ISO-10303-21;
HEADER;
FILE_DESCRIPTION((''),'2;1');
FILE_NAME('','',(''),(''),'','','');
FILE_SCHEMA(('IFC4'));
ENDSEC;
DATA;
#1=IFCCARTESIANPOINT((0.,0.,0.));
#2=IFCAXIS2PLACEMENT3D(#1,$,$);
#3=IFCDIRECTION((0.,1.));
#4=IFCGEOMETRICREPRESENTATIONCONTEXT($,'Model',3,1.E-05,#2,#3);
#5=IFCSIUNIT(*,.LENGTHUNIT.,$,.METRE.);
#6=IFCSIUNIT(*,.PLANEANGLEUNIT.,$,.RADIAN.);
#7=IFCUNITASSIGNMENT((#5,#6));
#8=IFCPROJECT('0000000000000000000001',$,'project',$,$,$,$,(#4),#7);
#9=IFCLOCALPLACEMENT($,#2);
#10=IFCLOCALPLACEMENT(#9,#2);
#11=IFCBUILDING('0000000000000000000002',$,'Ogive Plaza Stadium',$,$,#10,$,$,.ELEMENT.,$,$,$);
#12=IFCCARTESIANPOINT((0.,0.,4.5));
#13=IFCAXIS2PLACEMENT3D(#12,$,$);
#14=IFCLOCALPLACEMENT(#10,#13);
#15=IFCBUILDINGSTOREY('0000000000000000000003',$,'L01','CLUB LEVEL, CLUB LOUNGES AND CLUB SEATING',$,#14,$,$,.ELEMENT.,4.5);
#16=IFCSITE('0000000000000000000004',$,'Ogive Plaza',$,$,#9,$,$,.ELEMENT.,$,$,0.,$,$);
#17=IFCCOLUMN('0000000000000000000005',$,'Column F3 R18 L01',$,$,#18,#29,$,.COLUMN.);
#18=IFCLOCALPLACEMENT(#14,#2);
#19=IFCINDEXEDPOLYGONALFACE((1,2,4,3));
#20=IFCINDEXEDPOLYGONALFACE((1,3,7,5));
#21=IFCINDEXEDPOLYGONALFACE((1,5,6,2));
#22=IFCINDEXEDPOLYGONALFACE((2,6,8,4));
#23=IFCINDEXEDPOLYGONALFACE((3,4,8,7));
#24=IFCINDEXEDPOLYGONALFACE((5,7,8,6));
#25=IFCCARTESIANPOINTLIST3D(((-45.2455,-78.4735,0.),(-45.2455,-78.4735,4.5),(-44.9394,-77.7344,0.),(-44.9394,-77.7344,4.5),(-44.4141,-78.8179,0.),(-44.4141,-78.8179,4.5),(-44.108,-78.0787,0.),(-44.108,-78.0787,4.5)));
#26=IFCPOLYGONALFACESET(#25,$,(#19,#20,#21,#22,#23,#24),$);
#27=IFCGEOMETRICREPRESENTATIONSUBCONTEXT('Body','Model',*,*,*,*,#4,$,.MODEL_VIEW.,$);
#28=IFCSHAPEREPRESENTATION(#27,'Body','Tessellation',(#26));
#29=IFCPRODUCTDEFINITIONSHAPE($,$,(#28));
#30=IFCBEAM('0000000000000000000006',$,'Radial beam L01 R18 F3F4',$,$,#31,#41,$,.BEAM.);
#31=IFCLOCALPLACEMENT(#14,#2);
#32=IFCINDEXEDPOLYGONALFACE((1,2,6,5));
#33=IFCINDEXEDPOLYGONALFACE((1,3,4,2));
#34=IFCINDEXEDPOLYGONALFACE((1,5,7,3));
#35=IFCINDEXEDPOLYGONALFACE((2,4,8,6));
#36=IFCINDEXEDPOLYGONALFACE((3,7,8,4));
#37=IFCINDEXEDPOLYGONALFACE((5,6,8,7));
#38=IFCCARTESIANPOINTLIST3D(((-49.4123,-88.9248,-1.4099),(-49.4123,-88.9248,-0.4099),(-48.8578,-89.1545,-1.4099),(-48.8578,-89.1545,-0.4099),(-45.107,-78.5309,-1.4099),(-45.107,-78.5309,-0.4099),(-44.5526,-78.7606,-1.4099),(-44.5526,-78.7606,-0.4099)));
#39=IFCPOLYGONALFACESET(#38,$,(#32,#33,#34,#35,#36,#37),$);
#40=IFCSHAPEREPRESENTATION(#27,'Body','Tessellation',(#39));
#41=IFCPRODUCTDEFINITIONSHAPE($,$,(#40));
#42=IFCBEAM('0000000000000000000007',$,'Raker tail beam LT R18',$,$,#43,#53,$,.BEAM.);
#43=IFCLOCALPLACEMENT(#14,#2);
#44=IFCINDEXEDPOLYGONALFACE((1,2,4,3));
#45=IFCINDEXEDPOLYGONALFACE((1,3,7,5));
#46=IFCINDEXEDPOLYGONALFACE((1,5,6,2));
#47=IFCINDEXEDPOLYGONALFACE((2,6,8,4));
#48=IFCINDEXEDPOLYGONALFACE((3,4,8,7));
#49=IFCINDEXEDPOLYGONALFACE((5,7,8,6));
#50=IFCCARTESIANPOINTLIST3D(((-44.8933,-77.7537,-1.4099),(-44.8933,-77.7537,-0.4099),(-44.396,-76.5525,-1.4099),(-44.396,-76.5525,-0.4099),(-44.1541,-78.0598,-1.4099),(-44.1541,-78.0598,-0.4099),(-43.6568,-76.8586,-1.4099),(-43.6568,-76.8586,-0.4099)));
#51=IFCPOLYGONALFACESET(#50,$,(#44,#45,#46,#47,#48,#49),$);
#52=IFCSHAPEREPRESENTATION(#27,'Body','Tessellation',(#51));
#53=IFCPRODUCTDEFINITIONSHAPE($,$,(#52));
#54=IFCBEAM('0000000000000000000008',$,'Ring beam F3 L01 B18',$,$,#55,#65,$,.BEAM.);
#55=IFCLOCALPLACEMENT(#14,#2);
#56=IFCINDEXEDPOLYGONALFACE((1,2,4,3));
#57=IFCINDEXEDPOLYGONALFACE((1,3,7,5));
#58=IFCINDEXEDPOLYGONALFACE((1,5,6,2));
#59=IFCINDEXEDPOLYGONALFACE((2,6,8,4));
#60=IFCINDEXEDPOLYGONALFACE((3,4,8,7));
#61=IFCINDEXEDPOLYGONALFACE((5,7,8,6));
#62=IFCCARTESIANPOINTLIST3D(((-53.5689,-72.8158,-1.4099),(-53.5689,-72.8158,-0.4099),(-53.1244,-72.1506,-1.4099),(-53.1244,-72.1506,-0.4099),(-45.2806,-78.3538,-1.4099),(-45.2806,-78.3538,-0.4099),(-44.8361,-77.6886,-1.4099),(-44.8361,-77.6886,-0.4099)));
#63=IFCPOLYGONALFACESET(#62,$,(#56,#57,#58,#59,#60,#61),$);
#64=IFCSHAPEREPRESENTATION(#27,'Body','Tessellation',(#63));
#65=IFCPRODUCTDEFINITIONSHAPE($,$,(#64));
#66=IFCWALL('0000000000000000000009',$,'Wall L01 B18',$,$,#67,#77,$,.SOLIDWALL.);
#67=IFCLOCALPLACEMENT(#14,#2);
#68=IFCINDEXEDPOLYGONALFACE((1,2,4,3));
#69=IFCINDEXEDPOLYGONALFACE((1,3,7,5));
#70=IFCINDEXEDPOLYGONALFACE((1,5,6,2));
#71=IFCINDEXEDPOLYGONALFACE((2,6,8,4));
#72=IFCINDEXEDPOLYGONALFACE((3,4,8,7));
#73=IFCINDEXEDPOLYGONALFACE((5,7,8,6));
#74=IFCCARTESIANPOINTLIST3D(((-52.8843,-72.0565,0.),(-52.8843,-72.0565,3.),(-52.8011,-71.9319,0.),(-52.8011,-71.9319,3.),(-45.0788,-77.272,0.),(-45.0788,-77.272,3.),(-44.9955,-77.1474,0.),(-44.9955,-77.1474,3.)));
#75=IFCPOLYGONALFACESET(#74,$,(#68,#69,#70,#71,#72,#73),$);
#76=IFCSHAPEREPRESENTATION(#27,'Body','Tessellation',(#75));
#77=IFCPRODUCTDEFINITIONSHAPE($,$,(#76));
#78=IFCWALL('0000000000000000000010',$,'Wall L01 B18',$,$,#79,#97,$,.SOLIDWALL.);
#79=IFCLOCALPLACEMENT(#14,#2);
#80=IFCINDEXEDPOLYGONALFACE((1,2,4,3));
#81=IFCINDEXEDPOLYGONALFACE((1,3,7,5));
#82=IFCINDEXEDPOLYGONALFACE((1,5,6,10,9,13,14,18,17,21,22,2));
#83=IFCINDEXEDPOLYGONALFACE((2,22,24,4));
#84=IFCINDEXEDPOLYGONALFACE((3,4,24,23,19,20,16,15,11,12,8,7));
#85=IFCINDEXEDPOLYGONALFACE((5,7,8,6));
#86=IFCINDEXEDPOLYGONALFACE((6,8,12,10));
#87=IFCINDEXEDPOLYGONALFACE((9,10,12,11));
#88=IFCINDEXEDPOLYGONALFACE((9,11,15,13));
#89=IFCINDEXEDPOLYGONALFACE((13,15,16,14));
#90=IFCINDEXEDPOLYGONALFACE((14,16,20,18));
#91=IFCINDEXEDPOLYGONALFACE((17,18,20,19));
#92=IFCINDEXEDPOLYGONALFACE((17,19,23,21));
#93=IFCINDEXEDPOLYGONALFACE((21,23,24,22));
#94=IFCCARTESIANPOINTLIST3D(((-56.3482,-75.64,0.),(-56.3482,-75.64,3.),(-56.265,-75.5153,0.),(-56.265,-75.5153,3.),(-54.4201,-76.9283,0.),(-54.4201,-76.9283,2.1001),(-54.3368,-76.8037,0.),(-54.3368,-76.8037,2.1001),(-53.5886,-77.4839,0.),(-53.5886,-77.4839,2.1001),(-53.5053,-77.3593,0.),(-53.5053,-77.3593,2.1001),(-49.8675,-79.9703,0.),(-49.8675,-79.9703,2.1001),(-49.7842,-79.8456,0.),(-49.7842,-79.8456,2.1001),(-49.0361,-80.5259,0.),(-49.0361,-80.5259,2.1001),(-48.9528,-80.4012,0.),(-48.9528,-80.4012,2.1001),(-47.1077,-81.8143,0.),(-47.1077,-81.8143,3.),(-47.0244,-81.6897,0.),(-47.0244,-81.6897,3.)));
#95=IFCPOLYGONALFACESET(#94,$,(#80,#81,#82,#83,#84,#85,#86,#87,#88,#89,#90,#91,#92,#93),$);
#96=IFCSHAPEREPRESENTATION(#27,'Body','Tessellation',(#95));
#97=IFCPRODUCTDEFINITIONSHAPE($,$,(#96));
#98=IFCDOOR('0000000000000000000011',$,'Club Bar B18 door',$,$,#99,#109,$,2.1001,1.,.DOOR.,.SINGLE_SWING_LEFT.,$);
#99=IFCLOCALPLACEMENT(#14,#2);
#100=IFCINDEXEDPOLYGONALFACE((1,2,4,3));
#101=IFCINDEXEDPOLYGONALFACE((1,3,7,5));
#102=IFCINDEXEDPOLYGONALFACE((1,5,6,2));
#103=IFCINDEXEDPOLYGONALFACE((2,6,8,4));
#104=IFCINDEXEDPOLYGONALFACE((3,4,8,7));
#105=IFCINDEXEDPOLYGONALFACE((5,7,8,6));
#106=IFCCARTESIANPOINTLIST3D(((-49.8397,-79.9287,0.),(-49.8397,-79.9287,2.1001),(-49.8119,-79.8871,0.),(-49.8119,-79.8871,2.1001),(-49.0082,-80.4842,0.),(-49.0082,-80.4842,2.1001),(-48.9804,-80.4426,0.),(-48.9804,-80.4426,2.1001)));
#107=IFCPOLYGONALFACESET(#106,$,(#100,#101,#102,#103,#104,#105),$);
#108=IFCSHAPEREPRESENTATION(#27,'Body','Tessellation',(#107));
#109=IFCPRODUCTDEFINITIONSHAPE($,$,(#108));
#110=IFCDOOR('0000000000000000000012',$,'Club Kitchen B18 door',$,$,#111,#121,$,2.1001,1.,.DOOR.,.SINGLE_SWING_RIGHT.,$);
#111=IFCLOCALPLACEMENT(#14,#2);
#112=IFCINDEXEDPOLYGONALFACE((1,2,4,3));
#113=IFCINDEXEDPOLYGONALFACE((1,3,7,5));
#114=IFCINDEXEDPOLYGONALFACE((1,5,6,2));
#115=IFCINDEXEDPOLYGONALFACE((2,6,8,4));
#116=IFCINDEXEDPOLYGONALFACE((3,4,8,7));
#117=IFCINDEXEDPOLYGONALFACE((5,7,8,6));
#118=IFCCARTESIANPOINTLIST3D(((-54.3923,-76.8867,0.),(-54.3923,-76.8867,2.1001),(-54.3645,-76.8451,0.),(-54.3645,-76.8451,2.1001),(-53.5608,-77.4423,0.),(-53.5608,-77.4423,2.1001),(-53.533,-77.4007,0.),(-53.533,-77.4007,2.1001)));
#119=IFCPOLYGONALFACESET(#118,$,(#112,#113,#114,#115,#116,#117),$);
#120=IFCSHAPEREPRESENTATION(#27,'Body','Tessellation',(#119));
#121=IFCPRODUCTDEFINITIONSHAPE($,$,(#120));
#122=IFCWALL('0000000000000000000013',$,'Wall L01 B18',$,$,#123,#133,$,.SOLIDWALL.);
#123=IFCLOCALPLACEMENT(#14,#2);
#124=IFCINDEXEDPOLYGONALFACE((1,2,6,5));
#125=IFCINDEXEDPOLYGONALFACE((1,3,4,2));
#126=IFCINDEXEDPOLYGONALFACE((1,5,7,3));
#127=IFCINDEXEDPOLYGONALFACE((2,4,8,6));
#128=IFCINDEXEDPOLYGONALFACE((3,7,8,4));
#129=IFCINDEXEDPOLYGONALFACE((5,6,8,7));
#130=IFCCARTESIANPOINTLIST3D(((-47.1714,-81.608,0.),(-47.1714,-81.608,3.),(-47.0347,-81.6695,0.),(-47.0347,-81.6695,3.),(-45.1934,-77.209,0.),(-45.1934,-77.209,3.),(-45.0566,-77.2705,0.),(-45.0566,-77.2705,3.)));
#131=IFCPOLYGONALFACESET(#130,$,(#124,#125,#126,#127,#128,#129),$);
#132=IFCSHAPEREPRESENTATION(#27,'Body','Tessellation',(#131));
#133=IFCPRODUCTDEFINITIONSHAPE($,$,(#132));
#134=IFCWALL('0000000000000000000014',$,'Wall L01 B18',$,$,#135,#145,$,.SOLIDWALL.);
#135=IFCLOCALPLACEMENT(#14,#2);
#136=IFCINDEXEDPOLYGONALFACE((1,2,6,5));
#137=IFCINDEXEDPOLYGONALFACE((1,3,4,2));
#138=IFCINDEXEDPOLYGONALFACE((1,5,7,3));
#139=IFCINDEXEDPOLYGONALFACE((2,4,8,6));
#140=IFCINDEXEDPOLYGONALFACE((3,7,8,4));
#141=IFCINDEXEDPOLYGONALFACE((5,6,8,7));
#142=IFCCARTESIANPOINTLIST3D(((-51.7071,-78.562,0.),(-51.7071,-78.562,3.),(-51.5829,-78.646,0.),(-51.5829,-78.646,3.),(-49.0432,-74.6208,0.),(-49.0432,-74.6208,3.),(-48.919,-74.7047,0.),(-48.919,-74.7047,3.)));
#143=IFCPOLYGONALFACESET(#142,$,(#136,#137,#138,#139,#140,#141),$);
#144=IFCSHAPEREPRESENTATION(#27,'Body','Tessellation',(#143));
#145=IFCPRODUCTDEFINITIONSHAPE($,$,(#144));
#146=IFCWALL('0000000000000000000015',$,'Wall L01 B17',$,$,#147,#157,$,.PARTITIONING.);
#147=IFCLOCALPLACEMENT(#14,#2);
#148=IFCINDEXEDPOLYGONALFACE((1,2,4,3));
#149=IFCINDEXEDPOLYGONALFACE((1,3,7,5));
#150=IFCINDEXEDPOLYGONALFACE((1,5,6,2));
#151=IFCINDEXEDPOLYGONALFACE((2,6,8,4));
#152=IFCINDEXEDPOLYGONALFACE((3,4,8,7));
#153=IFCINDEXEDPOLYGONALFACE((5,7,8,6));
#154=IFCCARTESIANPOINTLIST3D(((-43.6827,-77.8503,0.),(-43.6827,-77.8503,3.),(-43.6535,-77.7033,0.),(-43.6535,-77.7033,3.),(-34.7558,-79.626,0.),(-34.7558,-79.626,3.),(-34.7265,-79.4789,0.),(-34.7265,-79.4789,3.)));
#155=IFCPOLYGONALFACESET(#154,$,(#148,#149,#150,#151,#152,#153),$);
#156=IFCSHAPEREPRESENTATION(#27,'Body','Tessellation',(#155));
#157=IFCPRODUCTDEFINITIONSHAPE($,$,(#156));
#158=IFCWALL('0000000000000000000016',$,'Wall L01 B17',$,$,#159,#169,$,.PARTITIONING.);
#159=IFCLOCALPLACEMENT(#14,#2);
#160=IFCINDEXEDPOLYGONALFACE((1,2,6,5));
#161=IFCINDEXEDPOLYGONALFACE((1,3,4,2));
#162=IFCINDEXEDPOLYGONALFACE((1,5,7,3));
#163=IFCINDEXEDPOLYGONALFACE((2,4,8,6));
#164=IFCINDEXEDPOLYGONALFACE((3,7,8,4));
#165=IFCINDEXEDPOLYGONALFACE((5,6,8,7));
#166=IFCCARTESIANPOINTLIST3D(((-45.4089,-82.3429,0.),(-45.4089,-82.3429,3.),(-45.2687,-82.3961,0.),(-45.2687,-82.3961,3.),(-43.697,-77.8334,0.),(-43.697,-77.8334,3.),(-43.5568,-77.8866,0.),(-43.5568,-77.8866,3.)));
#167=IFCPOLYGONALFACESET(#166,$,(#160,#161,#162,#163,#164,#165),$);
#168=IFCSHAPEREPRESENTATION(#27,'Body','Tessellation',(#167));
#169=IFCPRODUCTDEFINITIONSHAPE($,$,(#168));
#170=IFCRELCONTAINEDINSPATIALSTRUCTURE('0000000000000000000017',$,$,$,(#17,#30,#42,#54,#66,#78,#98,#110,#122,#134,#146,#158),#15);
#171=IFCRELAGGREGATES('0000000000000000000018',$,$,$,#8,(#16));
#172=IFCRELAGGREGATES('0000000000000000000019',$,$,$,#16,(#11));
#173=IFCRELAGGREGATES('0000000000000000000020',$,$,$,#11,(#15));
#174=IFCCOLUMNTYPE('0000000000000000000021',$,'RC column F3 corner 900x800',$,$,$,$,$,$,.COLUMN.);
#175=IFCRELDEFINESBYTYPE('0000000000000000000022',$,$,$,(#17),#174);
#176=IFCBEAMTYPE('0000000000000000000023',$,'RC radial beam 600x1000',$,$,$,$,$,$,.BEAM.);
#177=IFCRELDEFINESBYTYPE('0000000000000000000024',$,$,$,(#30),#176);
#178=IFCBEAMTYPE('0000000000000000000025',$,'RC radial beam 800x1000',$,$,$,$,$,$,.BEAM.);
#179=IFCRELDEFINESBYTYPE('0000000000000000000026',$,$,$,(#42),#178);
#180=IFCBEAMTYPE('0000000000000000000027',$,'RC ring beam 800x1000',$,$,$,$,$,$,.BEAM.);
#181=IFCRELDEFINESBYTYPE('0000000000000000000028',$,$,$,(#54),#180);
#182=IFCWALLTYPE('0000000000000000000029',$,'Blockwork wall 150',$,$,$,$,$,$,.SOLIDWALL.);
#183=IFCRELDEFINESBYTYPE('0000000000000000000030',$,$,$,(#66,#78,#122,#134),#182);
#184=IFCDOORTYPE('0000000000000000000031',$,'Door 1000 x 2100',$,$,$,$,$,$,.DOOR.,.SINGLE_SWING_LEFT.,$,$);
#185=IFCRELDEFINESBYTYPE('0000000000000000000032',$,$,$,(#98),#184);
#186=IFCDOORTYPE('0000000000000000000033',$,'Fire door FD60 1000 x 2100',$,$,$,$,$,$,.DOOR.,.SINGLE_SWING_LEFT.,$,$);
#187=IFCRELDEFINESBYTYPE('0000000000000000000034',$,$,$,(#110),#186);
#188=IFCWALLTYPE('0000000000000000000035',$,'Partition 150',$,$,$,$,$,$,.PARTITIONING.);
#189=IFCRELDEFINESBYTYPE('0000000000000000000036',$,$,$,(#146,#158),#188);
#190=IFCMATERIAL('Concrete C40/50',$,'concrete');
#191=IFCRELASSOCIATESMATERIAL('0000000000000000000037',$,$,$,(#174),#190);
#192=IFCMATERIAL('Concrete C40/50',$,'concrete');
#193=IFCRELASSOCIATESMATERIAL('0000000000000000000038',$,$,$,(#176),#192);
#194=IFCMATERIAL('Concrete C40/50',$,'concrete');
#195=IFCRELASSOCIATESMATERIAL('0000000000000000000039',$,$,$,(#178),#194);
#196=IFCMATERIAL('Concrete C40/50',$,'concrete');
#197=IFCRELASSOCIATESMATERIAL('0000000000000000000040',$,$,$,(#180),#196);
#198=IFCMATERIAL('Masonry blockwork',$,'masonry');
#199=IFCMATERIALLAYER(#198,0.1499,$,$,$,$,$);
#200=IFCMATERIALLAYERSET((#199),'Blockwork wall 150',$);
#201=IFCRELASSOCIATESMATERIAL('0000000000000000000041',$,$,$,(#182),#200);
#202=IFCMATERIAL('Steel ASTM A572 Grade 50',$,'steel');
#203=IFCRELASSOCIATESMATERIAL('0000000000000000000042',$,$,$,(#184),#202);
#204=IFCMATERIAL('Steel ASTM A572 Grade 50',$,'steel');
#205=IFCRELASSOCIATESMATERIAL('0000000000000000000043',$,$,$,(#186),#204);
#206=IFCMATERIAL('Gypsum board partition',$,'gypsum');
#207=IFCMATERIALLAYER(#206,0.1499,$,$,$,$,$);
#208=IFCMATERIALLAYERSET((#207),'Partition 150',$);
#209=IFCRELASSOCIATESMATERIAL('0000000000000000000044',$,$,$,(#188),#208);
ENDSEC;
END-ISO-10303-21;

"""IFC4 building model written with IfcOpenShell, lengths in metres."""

from ifc_helpers import new_model, si_unit, direction, frame, frame_2d, origin, origin_2d, place, context, subcontext, project, spatial, rectangle, extrude, material, layer, layer_set, material_profile, profile_set, type_object, element, fill, save


model = new_model("IFC4")

# Units and contexts
model_context = context("Model", 3, precision=1e-05, world=origin(), true_north=direction((0.0, 1.0)))
body_context = subcontext(model_context, "Body", "Model", "MODEL_VIEW")
ifc_project = project(units=[si_unit("LENGTHUNIT", "METRE"), si_unit("PLANEANGLEUNIT", "RADIAN")], contexts=[model_context])

# Site, building, storey
site_placement = place(None, origin())
site = spatial("IfcSite", under=ifc_project, at=site_placement, Name="Ogive Plaza", CompositionType="ELEMENT", RefElevation=0.0)
building_placement = place(site_placement, origin())
building = spatial("IfcBuilding", under=site, at=building_placement, Name="Ogive Plaza Stadium", CompositionType="ELEMENT")
storey_placement = place(building_placement, frame((0.0, 0.0, 4.5)))
storey = spatial("IfcBuildingStorey", under=building, at=storey_placement, Name="L01", Description="CLUB LEVEL, CLUB LOUNGES AND CLUB SEATING", CompositionType="ELEMENT", Elevation=4.5)

# Column
ifc_material_1 = material(Name="Concrete C40/50", Category="concrete")
ifc_material_profile_1 = material_profile(ifc_material_1, rectangle(XDim=0.8999, YDim=0.8, at=origin_2d()), Name="RC 900x800")
ifc_profile_set_1 = profile_set([ifc_material_profile_1], Name="Concrete C40/50")
column_type = type_object("IfcColumnType", Name="RC column F3 corner 900x800", PredefinedType="COLUMN", material=ifc_profile_set_1)
column_placement = place(storey_placement, frame((-44.6768, -78.2761, 0.0), z_axis=(0.0, 0.0, 1.0), x_axis=(0.92388, -0.382683, 0.0)))
element("IfcColumn", 1, at=column_placement, inside=storey, type_object=column_type, Name="Column F3 R18 L01", PredefinedType="COLUMN", context=body_context, shape_type="SweptSolid", body=[
    extrude(rectangle(XDim=0.8999, YDim=0.8, at=origin_2d()), origin(), (0.0, 0.0, 1.0), 4.5),
])

# Beams
ifc_material_2 = material(Name="Concrete C40/50", Category="concrete")
ifc_material_profile_2 = material_profile(ifc_material_2, rectangle(XDim=0.6001, YDim=1.0, at=origin_2d()), Name="RC 600x1000")
ifc_profile_set_2 = profile_set([ifc_material_profile_2], Name="Concrete C40/50")
beam_type_1 = type_object("IfcBeamType", Name="RC radial beam 600x1000", PredefinedType="BEAM", material=ifc_profile_set_2)
beam_1_placement = place(storey_placement, frame((-44.8298, -78.6458, -0.9099), z_axis=(-0.382678, -0.923882, 0.0), x_axis=(0.923882, -0.382678, 0.0)))
element("IfcBeam", 2, at=beam_1_placement, inside=storey, type_object=beam_type_1, Name="Radial beam L01 R18 F3F4", PredefinedType="BEAM", context=body_context, shape_type="SweptSolid", body=[
    extrude(rectangle(XDim=0.6001, YDim=1.0, at=origin_2d()), origin(), (0.0, 0.0, 1.0), 11.2502),
])
ifc_material_3 = material(Name="Concrete C40/50", Category="concrete")
ifc_material_profile_3 = material_profile(ifc_material_3, rectangle(XDim=0.8, YDim=1.0, at=origin_2d()), Name="RC 800x1000")
ifc_profile_set_3 = profile_set([ifc_material_profile_3], Name="Concrete C40/50")
beam_type_2 = type_object("IfcBeamType", Name="RC radial beam 800x1000", PredefinedType="BEAM", material=ifc_profile_set_3)
beam_2_placement = place(storey_placement, frame((-44.0264, -76.7056, -0.9099), z_axis=(-0.382534, -0.923941, 0.0), x_axis=(0.923941, -0.382534, 0.0)))
element("IfcBeam", 3, at=beam_2_placement, inside=storey, type_object=beam_type_2, Name="Raker tail beam LT R18", PredefinedType="BEAM", context=body_context, shape_type="SweptSolid", body=[
    extrude(rectangle(XDim=0.8, YDim=1.0, at=origin_2d()), origin(), (0.0, 0.0, 1.0), 1.3),
])
ifc_material_4 = material(Name="Concrete C40/50", Category="concrete")
ifc_material_profile_4 = material_profile(ifc_material_4, rectangle(XDim=0.8, YDim=1.0, at=origin_2d()), Name="RC 800x1000")
ifc_profile_set_4 = profile_set([ifc_material_profile_4], Name="Concrete C40/50")
beam_type_3 = type_object("IfcBeamType", Name="RC ring beam 800x1000", PredefinedType="BEAM", material=ifc_profile_set_4)
beam_3_placement = place(storey_placement, frame((-45.0583, -78.0212, -0.9099), z_axis=(-0.83147, 0.55557, 0.0), x_axis=(-0.55557, -0.83147, 0.0)))
element("IfcBeam", 4, at=beam_3_placement, inside=storey, type_object=beam_type_3, Name="Ring beam F3 L01 B18", PredefinedType="BEAM", context=body_context, shape_type="SweptSolid", body=[
    extrude(rectangle(XDim=0.8, YDim=1.0, at=origin_2d()), origin(), (0.0, 0.0, 1.0), 9.9683),
])

# Wall
ifc_material_5 = material(Name="Masonry blockwork", Category="masonry")
ifc_layer_1 = layer(ifc_material_5, 0.1499)
ifc_layer_set_1 = layer_set([ifc_layer_1], Name="Blockwork wall 150")
wall_type_1 = type_object("IfcWallType", Name="Blockwork wall 150", PredefinedType="SOLIDWALL", material=ifc_layer_set_1)
wall_1_placement = place(storey_placement, frame((-45.0371, -77.2097, 0.0), z_axis=(0.0, 0.0, 1.0), x_axis=(-0.83147, 0.55557, 0.0)))
element("IfcWall", 5, at=wall_1_placement, inside=storey, type_object=wall_type_1, Name="Wall L01 B18", PredefinedType="SOLIDWALL", context=body_context, shape_type="SweptSolid", body=[
    extrude(rectangle(XDim=9.3877, YDim=0.1499, at=frame_2d((4.6938, 0.0))), origin(), (0.0, 0.0, 1.0), 3.0),
])

# Wall, openings, doors
wall_2_placement = place(storey_placement, frame((-47.0662, -81.752, 0.0), z_axis=(0.0, 0.0, 1.0), x_axis=(-0.831469, 0.555572, 0.0)))
wall_2 = element("IfcWall", 6, at=wall_2_placement, inside=storey, type_object=wall_type_1, Name="Wall L01 B18", PredefinedType="SOLIDWALL", context=body_context, shape_type="SweptSolid", body=[
    extrude(rectangle(XDim=11.1135, YDim=0.1499, at=frame_2d((5.5566, 0.0))), origin(), (0.0, 0.0, 1.0), 3.0),
])
opening_1_placement = place(wall_2_placement, frame((2.3191, 0.0, 0.0)))
opening_1 = element("IfcOpeningElement", 7, at=opening_1_placement, cuts=wall_2, PredefinedType="OPENING", context=body_context, shape_type="SweptSolid", body=[
    extrude(rectangle(XDim=1.0, YDim=2.1001, at=frame_2d((0.5, 1.05))), frame((0.0, 0.075, 0.0), z_axis=(0.0, -1.0, 0.0), x_axis=(1.0, 0.0, 0.0)), (0.0, 0.0, 1.0), 0.1499),
])
opening_2_placement = place(wall_2_placement, frame((7.7944, 0.0, 0.0)))
opening_2 = element("IfcOpeningElement", 8, at=opening_2_placement, cuts=wall_2, PredefinedType="OPENING", context=body_context, shape_type="SweptSolid", body=[
    extrude(rectangle(XDim=1.0, YDim=2.1001, at=frame_2d((0.5, 1.05))), frame((0.0, 0.075, 0.0), z_axis=(0.0, -1.0, 0.0), x_axis=(1.0, 0.0, 0.0)), (0.0, 0.0, 1.0), 0.1499),
])
ifc_material_6 = material(Name="Steel ASTM A572 Grade 50", Category="steel")
door_type_1 = type_object("IfcDoorType", Name="Door 1000 x 2100", OperationType="SINGLE_SWING_LEFT", PredefinedType="DOOR", material=ifc_material_6)
door_1_placement = place(opening_1_placement, origin())
door_1 = element("IfcDoor", 9, at=door_1_placement, inside=storey, type_object=door_type_1, Name="Club Bar B18 door", OperationType="SINGLE_SWING_LEFT", OverallHeight=2.1001, OverallWidth=1.0, PredefinedType="DOOR", context=body_context, shape_type="SweptSolid", body=[
    extrude(rectangle(XDim=1.0, YDim=2.1001, at=frame_2d((0.5, 1.05))), frame((0.0, 0.0249, 0.0), z_axis=(0.0, -1.0, 0.0), x_axis=(1.0, 0.0, 0.0)), (0.0, 0.0, 1.0), 0.05),
])
fill(opening_1, door_1)
ifc_material_7 = material(Name="Steel ASTM A572 Grade 50", Category="steel")
door_type_2 = type_object("IfcDoorType", Name="Fire door FD60 1000 x 2100", OperationType="SINGLE_SWING_LEFT", PredefinedType="DOOR", material=ifc_material_7)
door_2_placement = place(opening_2_placement, origin())
door_2 = element("IfcDoor", 10, at=door_2_placement, inside=storey, type_object=door_type_2, Name="Club Kitchen B18 door", OperationType="SINGLE_SWING_RIGHT", OverallHeight=2.1001, OverallWidth=1.0, PredefinedType="DOOR", context=body_context, shape_type="SweptSolid", body=[
    extrude(rectangle(XDim=1.0, YDim=2.1001, at=frame_2d((0.5, 1.05))), frame((0.0, 0.0249, 0.0), z_axis=(0.0, -1.0, 0.0), x_axis=(1.0, 0.0, 0.0)), (0.0, 0.0, 1.0), 0.05),
])
fill(opening_2, door_2)

# Walls
wall_3_placement = place(storey_placement, frame((-45.125, -77.2397, 0.0), z_axis=(0.0, 0.0, 1.0), x_axis=(-0.410108, -0.912037, 0.0)))
element("IfcWall", 11, at=wall_3_placement, inside=storey, type_object=wall_type_1, Name="Wall L01 B18", PredefinedType="SOLIDWALL", context=body_context, shape_type="SweptSolid", body=[
    extrude(rectangle(XDim=4.8232, YDim=0.1499, at=frame_2d((2.4116, 0.0))), origin(), (0.0, 0.0, 1.0), 3.0),
])
wall_4_placement = place(storey_placement, frame((-48.9812, -74.6628, 0.0), z_axis=(0.0, 0.0, 1.0), x_axis=(-0.559983, -0.828504, 0.0)))
element("IfcWall", 12, at=wall_4_placement, inside=storey, type_object=wall_type_1, Name="Wall L01 B18", PredefinedType="SOLIDWALL", context=body_context, shape_type="SweptSolid", body=[
    extrude(rectangle(XDim=4.7571, YDim=0.1499, at=frame_2d((2.3784, 0.0))), origin(), (0.0, 0.0, 1.0), 3.0),
])
ifc_material_8 = material(Name="Gypsum board partition", Category="gypsum")
ifc_layer_2 = layer(ifc_material_8, 0.1499)
ifc_layer_set_2 = layer_set([ifc_layer_2], Name="Partition 150")
wall_type_2 = type_object("IfcWallType", Name="Partition 150", PredefinedType="PARTITIONING", material=ifc_layer_set_2)
wall_5_placement = place(storey_placement, frame((-43.668, -77.7769, 0.0), z_axis=(0.0, 0.0, 1.0), x_axis=(0.980786, -0.195084, 0.0)))
element("IfcWall", 13, at=wall_5_placement, inside=storey, type_object=wall_type_2, Name="Wall L01 B17", PredefinedType="PARTITIONING", context=body_context, shape_type="SweptSolid", body=[
    extrude(rectangle(XDim=9.1018, YDim=0.1499, at=frame_2d((4.5508, 0.0))), origin(), (0.0, 0.0, 1.0), 3.0),
])
wall_6_placement = place(storey_placement, frame((-43.627, -77.8601, 0.0), z_axis=(0.0, 0.0, 1.0), x_axis=(-0.354909, -0.934901, 0.0)))
element("IfcWall", 14, at=wall_6_placement, inside=storey, type_object=wall_type_2, Name="Wall L01 B17", PredefinedType="PARTITIONING", context=body_context, shape_type="SweptSolid", body=[
    extrude(rectangle(XDim=4.8235, YDim=0.1499, at=frame_2d((2.4116, 0.0))), origin(), (0.0, 0.0, 1.0), 3.0),
])

save(model, "model.ifc")
